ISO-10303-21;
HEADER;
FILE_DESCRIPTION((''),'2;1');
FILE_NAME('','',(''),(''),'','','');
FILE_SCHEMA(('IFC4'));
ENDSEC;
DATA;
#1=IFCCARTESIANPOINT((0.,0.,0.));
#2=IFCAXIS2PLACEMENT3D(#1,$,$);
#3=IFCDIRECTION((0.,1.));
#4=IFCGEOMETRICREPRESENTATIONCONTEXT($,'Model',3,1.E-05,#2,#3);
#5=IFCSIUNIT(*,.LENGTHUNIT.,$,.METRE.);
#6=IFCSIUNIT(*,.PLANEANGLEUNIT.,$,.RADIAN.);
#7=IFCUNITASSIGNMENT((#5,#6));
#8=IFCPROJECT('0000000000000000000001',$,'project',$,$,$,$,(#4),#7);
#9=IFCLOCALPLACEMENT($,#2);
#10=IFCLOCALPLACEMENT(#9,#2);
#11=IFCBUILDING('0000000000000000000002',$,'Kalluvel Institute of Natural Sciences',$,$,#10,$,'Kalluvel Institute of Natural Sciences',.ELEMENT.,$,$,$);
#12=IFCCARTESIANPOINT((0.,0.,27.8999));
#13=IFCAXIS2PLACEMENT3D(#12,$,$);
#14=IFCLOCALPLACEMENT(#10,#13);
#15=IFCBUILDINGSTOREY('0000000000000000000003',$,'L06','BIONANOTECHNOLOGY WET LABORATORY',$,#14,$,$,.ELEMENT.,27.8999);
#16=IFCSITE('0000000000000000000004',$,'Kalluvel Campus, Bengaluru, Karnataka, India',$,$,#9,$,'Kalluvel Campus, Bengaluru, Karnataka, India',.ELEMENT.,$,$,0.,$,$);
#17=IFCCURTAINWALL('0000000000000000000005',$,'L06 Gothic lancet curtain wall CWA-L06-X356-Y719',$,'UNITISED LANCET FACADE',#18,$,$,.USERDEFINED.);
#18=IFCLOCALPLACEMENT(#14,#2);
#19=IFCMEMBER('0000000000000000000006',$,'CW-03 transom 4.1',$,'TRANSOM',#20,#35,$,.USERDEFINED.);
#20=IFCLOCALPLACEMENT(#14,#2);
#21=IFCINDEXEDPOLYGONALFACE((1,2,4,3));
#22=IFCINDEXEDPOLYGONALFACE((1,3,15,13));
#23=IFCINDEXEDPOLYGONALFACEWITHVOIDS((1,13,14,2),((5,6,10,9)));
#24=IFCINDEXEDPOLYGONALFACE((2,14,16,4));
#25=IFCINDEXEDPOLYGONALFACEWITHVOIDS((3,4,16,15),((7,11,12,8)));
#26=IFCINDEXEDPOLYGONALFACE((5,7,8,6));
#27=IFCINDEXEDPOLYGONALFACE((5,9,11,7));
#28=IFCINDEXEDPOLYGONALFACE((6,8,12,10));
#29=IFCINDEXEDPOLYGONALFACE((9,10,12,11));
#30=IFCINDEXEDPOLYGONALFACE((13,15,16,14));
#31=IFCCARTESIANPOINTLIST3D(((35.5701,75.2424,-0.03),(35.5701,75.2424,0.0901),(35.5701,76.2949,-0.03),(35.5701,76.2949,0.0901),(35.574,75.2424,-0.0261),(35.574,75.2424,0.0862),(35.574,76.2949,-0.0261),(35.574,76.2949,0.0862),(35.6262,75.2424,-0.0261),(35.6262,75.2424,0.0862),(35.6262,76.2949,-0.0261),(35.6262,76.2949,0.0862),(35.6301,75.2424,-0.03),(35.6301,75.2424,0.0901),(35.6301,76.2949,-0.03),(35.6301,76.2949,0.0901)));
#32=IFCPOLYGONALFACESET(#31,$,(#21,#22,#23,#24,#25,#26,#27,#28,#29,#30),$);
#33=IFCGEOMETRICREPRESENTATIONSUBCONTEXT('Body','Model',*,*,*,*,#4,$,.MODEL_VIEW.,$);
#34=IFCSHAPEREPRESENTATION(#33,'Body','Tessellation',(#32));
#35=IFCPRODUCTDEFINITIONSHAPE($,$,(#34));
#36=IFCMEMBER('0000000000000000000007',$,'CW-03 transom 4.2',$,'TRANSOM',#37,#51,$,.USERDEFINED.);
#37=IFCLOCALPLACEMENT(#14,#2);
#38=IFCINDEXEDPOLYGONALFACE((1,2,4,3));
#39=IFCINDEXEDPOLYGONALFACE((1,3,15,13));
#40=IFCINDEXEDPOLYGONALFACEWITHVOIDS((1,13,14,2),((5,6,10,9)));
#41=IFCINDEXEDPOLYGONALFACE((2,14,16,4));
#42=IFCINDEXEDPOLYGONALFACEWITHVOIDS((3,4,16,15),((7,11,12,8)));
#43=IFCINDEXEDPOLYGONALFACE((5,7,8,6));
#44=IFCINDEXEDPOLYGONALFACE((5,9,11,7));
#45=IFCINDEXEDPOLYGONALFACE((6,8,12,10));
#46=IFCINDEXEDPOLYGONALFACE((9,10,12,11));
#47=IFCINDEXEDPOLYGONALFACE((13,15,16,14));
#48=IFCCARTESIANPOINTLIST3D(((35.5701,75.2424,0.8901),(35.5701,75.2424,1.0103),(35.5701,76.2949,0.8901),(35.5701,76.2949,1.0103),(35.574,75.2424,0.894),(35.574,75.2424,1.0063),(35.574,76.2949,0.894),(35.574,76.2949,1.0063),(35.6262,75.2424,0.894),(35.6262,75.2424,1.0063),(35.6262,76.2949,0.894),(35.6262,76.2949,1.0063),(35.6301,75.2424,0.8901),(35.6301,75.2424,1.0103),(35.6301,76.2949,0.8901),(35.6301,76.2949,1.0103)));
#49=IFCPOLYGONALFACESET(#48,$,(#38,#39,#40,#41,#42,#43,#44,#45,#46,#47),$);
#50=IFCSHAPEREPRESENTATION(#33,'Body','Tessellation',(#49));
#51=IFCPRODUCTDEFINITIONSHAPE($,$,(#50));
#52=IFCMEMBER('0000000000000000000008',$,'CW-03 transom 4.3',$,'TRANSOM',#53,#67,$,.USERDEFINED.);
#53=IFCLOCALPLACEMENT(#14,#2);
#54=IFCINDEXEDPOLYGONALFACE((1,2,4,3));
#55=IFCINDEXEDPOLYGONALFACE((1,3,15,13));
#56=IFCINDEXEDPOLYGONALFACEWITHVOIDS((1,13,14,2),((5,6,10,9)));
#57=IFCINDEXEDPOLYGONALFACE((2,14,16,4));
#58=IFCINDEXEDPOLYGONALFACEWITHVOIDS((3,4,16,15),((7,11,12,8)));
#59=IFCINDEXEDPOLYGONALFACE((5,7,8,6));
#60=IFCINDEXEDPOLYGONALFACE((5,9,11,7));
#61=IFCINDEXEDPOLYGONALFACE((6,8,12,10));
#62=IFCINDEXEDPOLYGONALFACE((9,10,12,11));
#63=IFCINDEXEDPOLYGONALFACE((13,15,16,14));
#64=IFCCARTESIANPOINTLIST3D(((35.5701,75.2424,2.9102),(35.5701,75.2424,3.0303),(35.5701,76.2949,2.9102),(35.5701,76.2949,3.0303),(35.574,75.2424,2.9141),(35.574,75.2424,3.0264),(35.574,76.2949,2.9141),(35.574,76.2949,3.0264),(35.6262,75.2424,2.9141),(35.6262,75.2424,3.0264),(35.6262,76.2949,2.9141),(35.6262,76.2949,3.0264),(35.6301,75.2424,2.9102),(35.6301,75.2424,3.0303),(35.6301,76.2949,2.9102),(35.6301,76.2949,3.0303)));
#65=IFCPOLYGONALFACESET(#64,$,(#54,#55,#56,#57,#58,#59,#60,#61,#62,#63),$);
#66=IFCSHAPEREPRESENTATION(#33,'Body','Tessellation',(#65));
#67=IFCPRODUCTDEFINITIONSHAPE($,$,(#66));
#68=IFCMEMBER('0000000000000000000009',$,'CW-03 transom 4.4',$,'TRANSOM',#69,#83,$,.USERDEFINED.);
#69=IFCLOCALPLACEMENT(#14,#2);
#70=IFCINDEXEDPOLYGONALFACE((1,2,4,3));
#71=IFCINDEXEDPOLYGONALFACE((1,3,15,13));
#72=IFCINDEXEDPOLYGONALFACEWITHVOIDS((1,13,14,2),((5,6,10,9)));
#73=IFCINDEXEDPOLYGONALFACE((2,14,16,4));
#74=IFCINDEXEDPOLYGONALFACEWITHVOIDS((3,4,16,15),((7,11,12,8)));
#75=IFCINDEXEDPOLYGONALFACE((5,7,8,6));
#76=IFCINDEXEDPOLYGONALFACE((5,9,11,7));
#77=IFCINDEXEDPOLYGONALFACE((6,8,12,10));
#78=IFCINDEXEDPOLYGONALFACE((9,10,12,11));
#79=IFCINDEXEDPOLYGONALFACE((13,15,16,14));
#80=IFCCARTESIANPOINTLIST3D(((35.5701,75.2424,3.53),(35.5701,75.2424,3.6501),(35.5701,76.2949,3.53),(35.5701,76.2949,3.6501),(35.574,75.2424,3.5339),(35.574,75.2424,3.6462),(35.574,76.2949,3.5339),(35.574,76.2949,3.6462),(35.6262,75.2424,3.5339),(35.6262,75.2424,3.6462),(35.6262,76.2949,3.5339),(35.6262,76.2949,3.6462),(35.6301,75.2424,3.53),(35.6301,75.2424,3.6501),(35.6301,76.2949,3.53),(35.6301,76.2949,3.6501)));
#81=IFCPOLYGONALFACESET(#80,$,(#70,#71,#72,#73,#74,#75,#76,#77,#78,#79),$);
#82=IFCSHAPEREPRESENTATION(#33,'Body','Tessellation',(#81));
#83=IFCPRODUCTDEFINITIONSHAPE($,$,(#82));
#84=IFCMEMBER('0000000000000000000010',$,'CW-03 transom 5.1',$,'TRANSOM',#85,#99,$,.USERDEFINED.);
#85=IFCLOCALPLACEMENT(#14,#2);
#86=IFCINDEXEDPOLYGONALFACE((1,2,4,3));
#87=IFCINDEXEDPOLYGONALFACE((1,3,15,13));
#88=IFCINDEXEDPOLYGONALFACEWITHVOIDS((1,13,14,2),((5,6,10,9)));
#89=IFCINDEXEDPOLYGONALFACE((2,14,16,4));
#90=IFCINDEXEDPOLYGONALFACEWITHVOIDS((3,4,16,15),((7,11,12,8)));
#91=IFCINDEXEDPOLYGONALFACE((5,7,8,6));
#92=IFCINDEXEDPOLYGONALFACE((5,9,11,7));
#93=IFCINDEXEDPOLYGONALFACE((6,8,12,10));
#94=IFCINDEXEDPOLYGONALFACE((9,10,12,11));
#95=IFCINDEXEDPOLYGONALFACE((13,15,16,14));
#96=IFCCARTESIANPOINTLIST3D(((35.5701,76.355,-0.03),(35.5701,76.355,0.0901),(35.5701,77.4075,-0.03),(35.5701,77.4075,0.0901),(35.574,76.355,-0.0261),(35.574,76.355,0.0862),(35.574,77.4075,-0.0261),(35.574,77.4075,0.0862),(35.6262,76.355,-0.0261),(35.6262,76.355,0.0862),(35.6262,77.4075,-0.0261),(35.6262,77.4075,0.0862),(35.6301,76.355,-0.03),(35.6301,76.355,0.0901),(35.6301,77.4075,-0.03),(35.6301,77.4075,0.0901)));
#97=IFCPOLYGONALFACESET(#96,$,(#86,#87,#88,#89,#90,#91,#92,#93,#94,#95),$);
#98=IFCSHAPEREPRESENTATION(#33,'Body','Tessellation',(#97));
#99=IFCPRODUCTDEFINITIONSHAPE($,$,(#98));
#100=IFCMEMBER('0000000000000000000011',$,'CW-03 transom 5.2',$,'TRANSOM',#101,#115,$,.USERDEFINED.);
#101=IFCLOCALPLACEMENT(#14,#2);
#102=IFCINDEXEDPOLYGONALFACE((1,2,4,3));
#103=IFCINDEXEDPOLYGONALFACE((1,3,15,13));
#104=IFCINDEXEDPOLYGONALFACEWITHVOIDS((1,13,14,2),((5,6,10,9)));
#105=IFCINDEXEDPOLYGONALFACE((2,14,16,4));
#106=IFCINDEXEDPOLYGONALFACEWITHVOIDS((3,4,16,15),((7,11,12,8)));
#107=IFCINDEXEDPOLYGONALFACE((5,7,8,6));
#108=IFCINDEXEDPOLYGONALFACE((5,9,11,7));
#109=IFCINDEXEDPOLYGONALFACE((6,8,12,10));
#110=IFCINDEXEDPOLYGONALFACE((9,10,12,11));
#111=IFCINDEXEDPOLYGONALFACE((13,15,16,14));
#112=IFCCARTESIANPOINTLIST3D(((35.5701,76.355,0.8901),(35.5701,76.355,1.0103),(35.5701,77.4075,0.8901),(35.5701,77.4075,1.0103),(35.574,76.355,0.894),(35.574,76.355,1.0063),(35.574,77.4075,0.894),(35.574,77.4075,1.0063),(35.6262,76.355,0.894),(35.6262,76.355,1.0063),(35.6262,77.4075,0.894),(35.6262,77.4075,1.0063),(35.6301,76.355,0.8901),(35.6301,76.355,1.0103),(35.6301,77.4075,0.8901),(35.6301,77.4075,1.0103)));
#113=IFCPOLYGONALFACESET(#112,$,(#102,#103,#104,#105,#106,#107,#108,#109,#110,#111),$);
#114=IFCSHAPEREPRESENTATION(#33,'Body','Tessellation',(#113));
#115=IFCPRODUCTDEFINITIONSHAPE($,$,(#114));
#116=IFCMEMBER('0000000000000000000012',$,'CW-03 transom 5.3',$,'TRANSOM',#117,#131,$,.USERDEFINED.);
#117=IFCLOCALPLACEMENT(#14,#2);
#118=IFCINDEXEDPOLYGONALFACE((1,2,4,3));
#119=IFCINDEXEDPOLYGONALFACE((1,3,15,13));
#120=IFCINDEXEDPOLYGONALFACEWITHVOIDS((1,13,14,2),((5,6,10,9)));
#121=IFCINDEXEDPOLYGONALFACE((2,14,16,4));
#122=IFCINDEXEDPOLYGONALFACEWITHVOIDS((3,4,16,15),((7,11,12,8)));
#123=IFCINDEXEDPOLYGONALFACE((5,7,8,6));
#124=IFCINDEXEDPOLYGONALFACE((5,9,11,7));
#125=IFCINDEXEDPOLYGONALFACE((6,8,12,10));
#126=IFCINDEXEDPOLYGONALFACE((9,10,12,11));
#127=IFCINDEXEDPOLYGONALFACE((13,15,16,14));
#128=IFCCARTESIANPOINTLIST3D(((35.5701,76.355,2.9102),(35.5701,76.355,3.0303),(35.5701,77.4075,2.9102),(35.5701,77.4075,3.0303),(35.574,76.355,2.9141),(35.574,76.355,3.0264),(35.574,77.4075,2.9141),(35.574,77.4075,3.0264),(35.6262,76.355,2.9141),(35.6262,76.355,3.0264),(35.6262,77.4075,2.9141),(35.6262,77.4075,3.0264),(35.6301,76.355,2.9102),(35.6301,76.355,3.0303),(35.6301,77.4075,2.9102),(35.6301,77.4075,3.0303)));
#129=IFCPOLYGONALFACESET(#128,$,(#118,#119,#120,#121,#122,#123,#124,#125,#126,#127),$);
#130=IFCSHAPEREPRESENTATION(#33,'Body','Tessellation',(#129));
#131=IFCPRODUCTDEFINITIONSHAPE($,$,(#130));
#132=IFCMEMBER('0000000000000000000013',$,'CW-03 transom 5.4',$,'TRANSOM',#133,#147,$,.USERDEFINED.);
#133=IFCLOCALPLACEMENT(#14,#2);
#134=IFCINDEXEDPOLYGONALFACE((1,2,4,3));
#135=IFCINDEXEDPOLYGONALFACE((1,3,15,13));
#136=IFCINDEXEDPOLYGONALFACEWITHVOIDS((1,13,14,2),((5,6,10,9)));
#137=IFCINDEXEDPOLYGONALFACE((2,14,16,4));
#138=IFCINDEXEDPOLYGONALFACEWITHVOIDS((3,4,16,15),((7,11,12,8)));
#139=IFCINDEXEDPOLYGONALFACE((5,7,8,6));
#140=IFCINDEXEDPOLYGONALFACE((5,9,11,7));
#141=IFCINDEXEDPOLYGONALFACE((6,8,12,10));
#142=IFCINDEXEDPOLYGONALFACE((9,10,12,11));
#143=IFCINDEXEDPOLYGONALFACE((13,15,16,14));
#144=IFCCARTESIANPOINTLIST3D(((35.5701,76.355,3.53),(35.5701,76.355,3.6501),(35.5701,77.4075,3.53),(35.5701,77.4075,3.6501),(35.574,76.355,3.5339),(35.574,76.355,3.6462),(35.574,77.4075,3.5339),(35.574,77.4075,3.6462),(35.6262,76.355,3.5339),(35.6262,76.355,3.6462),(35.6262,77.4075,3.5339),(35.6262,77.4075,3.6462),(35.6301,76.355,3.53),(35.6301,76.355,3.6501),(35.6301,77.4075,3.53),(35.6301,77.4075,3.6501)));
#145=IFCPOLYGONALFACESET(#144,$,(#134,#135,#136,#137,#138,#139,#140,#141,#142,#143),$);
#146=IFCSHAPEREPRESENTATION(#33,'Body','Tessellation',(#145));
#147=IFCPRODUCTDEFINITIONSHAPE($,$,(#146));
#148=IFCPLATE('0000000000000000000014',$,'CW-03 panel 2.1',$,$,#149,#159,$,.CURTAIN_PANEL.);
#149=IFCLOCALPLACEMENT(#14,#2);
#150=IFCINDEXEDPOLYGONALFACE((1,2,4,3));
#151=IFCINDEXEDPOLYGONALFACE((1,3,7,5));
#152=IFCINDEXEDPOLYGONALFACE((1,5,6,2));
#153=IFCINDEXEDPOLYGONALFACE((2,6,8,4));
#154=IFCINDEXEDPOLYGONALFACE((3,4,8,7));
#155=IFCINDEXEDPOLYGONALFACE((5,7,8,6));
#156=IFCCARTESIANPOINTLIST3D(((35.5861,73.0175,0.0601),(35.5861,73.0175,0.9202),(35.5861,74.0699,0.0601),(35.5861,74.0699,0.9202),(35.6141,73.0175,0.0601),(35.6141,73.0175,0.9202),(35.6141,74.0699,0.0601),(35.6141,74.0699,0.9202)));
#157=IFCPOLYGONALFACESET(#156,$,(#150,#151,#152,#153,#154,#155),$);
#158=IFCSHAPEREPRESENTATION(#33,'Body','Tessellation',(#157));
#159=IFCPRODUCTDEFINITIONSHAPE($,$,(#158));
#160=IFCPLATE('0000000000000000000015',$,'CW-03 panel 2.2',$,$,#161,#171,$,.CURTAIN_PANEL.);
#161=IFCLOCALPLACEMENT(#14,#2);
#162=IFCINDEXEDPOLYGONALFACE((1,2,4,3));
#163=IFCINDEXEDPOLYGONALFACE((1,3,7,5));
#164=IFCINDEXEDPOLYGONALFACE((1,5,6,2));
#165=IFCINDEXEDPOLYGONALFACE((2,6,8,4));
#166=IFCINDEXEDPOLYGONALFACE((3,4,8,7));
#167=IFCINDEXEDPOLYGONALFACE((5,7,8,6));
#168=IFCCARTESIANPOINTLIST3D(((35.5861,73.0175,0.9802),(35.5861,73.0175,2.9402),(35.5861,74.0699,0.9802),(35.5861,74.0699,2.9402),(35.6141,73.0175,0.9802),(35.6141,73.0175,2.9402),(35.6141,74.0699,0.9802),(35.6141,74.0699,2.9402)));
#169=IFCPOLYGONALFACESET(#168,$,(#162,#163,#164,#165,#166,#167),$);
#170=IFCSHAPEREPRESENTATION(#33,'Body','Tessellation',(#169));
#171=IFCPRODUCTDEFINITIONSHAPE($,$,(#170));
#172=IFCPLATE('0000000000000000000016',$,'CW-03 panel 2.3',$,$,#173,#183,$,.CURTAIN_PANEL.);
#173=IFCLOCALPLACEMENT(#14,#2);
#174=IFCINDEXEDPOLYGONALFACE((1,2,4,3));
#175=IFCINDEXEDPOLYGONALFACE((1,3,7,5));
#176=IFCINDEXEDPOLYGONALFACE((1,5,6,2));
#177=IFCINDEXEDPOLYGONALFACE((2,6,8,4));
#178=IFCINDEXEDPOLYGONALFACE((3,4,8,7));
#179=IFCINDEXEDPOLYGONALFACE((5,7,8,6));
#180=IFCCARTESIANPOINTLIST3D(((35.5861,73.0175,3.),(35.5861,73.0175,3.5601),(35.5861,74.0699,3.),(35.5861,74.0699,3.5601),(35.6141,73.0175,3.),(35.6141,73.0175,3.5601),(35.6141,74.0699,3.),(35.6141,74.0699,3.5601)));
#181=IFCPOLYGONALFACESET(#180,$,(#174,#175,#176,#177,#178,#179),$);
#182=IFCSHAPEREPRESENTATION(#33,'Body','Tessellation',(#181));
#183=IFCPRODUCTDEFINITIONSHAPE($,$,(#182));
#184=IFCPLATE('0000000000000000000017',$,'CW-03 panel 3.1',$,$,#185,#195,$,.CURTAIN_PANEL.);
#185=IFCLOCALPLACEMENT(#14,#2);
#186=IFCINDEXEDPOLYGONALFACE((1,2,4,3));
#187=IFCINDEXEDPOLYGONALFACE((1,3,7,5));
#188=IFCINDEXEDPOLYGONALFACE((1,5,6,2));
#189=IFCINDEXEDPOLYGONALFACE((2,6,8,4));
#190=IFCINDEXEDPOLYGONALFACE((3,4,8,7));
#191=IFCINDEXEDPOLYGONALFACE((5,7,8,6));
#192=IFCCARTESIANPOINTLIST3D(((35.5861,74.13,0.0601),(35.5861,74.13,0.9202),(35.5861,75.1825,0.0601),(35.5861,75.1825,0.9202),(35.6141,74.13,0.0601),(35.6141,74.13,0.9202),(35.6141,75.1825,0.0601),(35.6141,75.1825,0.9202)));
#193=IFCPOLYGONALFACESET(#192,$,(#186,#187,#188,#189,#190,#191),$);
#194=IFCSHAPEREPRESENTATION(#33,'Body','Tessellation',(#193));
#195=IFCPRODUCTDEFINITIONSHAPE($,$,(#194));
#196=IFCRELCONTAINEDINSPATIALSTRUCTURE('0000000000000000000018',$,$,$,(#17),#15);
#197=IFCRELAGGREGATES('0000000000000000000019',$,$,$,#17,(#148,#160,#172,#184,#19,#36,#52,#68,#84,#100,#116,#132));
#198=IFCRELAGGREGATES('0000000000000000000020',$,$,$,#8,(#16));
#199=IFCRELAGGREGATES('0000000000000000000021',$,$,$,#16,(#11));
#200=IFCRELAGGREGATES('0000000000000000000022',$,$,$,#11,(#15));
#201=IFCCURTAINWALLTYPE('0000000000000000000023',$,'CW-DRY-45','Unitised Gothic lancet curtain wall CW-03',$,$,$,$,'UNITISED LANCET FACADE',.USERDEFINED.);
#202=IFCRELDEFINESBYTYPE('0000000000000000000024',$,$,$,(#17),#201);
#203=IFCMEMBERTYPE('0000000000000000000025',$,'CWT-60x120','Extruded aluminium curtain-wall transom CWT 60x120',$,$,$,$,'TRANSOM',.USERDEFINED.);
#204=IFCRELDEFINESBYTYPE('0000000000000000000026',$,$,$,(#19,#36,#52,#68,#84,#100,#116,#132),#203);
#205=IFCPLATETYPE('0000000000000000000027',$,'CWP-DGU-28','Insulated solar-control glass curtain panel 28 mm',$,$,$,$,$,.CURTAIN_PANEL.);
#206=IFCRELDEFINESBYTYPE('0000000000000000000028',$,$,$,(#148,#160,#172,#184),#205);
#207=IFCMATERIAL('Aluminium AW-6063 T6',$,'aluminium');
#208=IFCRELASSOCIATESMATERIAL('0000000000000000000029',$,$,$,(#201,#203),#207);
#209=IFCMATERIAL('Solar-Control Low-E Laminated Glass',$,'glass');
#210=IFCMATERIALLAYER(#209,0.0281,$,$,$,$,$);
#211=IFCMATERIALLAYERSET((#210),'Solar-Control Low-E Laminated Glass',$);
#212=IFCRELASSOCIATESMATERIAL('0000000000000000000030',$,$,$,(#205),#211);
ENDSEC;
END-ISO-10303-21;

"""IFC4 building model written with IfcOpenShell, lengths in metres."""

from ifc_helpers import new_model, si_unit, direction, frame, origin, origin_2d, place, context, subcontext, project, spatial, rectangle, hollow_rectangle, extrude, material, layer, layer_set, material_profile, profile_set, type_object, element, aggregate, save


model = new_model("IFC4")

# Units and contexts
model_context = context("Model", 3, precision=1e-05, world=origin(), true_north=direction((0.0, 1.0)))
body_context = subcontext(model_context, "Body", "Model", "MODEL_VIEW")
ifc_project = project(units=[si_unit("LENGTHUNIT", "METRE"), si_unit("PLANEANGLEUNIT", "RADIAN")], contexts=[model_context])

# Site, building, storey
site_placement = place(None, origin())
site = spatial("IfcSite", under=ifc_project, at=site_placement, Name="Kalluvel Campus, Bengaluru, Karnataka, India", LongName="Kalluvel Campus, Bengaluru, Karnataka, India", CompositionType="ELEMENT", RefElevation=0.0)
building_placement = place(site_placement, origin())
building = spatial("IfcBuilding", under=site, at=building_placement, Name="Kalluvel Institute of Natural Sciences", LongName="Kalluvel Institute of Natural Sciences", CompositionType="ELEMENT")
storey_placement = place(building_placement, frame((0.0, 0.0, 27.8999)))
storey = spatial("IfcBuildingStorey", under=building, at=storey_placement, Name="L06", Description="BIONANOTECHNOLOGY WET LABORATORY", CompositionType="ELEMENT", Elevation=27.8999)

# Curtain wall, members, plates
ifc_material_1 = material(Name="Aluminium AW-6063 T6", Category="aluminium")
curtain_wall_type = type_object("IfcCurtainWallType", Name="CW-DRY-45", Description="Unitised Gothic lancet curtain wall CW-03", ElementType="UNITISED LANCET FACADE", PredefinedType="USERDEFINED", material=ifc_material_1)
curtain_wall_placement = place(storey_placement, origin())
curtain_wall = element("IfcCurtainWall", 1, at=curtain_wall_placement, inside=storey, type_object=curtain_wall_type, Name="L06 Gothic lancet curtain wall CWA-L06-X356-Y719", ObjectType="UNITISED LANCET FACADE", PredefinedType="USERDEFINED")
ifc_material_profile_1 = material_profile(ifc_material_1, hollow_rectangle(XDim=0.0601, YDim=0.1201, WallThickness=0.0039, at=origin_2d()), Name="CWT 60x120")
ifc_profile_set_1 = profile_set([ifc_material_profile_1], Name="Aluminium AW-6063 T6")
member_type_1 = type_object("IfcMemberType", Name="CWT-60x120", Description="Extruded aluminium curtain-wall transom CWT 60x120", ElementType="TRANSOM", PredefinedType="USERDEFINED", material=ifc_profile_set_1)
member_1_placement = place(storey_placement, frame((35.6001, 75.2424, 0.03), z_axis=(0.0, 1.0, 0.0), x_axis=(-1.0, 0.0, 0.0)))
member_1 = element("IfcMember", 2, at=member_1_placement, type_object=member_type_1, Name="CW-03 transom 4.1", ObjectType="TRANSOM", PredefinedType="USERDEFINED", context=body_context, shape_type="SweptSolid", body=[
    extrude(hollow_rectangle(XDim=0.0601, YDim=0.1201, WallThickness=0.0039, at=origin_2d()), origin(), (0.0, 0.0, 1.0), 1.0525),
])
member_2_placement = place(storey_placement, frame((35.6001, 75.2424, 0.9502), z_axis=(0.0, 1.0, 0.0), x_axis=(-1.0, 0.0, 0.0)))
member_2 = element("IfcMember", 3, at=member_2_placement, type_object=member_type_1, Name="CW-03 transom 4.2", ObjectType="TRANSOM", PredefinedType="USERDEFINED", context=body_context, shape_type="SweptSolid", body=[
    extrude(hollow_rectangle(XDim=0.0601, YDim=0.1201, WallThickness=0.0039, at=origin_2d()), origin(), (0.0, 0.0, 1.0), 1.0525),
])
member_3_placement = place(storey_placement, frame((35.6001, 75.2424, 2.9702), z_axis=(0.0, 1.0, 0.0), x_axis=(-1.0, 0.0, 0.0)))
member_3 = element("IfcMember", 4, at=member_3_placement, type_object=member_type_1, Name="CW-03 transom 4.3", ObjectType="TRANSOM", PredefinedType="USERDEFINED", context=body_context, shape_type="SweptSolid", body=[
    extrude(hollow_rectangle(XDim=0.0601, YDim=0.1201, WallThickness=0.0039, at=origin_2d()), origin(), (0.0, 0.0, 1.0), 1.0525),
])
member_4_placement = place(storey_placement, frame((35.6001, 75.2424, 3.5901), z_axis=(0.0, 1.0, 0.0), x_axis=(-1.0, 0.0, 0.0)))
member_4 = element("IfcMember", 5, at=member_4_placement, type_object=member_type_1, Name="CW-03 transom 4.4", ObjectType="TRANSOM", PredefinedType="USERDEFINED", context=body_context, shape_type="SweptSolid", body=[
    extrude(hollow_rectangle(XDim=0.0601, YDim=0.1201, WallThickness=0.0039, at=origin_2d()), origin(), (0.0, 0.0, 1.0), 1.0525),
])
member_5_placement = place(storey_placement, frame((35.6001, 76.355, 0.03), z_axis=(0.0, 1.0, 0.0), x_axis=(-1.0, 0.0, 0.0)))
member_5 = element("IfcMember", 6, at=member_5_placement, type_object=member_type_1, Name="CW-03 transom 5.1", ObjectType="TRANSOM", PredefinedType="USERDEFINED", context=body_context, shape_type="SweptSolid", body=[
    extrude(hollow_rectangle(XDim=0.0601, YDim=0.1201, WallThickness=0.0039, at=origin_2d()), origin(), (0.0, 0.0, 1.0), 1.0525),
])
member_6_placement = place(storey_placement, frame((35.6001, 76.355, 0.9502), z_axis=(0.0, 1.0, 0.0), x_axis=(-1.0, 0.0, 0.0)))
member_6 = element("IfcMember", 7, at=member_6_placement, type_object=member_type_1, Name="CW-03 transom 5.2", ObjectType="TRANSOM", PredefinedType="USERDEFINED", context=body_context, shape_type="SweptSolid", body=[
    extrude(hollow_rectangle(XDim=0.0601, YDim=0.1201, WallThickness=0.0039, at=origin_2d()), origin(), (0.0, 0.0, 1.0), 1.0525),
])
member_7_placement = place(storey_placement, frame((35.6001, 76.355, 2.9702), z_axis=(0.0, 1.0, 0.0), x_axis=(-1.0, 0.0, 0.0)))
member_7 = element("IfcMember", 8, at=member_7_placement, type_object=member_type_1, Name="CW-03 transom 5.3", ObjectType="TRANSOM", PredefinedType="USERDEFINED", context=body_context, shape_type="SweptSolid", body=[
    extrude(hollow_rectangle(XDim=0.0601, YDim=0.1201, WallThickness=0.0039, at=origin_2d()), origin(), (0.0, 0.0, 1.0), 1.0525),
])
member_8_placement = place(storey_placement, frame((35.6001, 76.355, 3.5901), z_axis=(0.0, 1.0, 0.0), x_axis=(-1.0, 0.0, 0.0)))
member_8 = element("IfcMember", 9, at=member_8_placement, type_object=member_type_1, Name="CW-03 transom 5.4", ObjectType="TRANSOM", PredefinedType="USERDEFINED", context=body_context, shape_type="SweptSolid", body=[
    extrude(hollow_rectangle(XDim=0.0601, YDim=0.1201, WallThickness=0.0039, at=origin_2d()), origin(), (0.0, 0.0, 1.0), 1.0525),
])
ifc_material_2 = material(Name="Solar-Control Low-E Laminated Glass", Category="glass")
ifc_layer = layer(ifc_material_2, 0.0281)
ifc_layer_set = layer_set([ifc_layer], Name="Solar-Control Low-E Laminated Glass")
plate_type = type_object("IfcPlateType", Name="CWP-DGU-28", Description="Insulated solar-control glass curtain panel 28 mm", PredefinedType="CURTAIN_PANEL", material=ifc_layer_set)
plate_1_placement = place(storey_placement, frame((35.6001, 73.5437, 0.0601), z_axis=(0.0, 0.0, 1.0), x_axis=(0.0, 1.0, 0.0)))
plate_1 = element("IfcPlate", 10, at=plate_1_placement, type_object=plate_type, Name="CW-03 panel 2.1", PredefinedType="CURTAIN_PANEL", context=body_context, shape_type="SweptSolid", body=[
    extrude(rectangle(XDim=1.0525, YDim=0.0281, at=origin_2d()), origin(), (0.0, 0.0, 1.0), 0.8601),
])
plate_2_placement = place(storey_placement, frame((35.6001, 73.5437, 0.9802), z_axis=(0.0, 0.0, 1.0), x_axis=(0.0, 1.0, 0.0)))
plate_2 = element("IfcPlate", 11, at=plate_2_placement, type_object=plate_type, Name="CW-03 panel 2.2", PredefinedType="CURTAIN_PANEL", context=body_context, shape_type="SweptSolid", body=[
    extrude(rectangle(XDim=1.0525, YDim=0.0281, at=origin_2d()), origin(), (0.0, 0.0, 1.0), 1.96),
])
plate_3_placement = place(storey_placement, frame((35.6001, 73.5437, 3.0), z_axis=(0.0, 0.0, 1.0), x_axis=(0.0, 1.0, 0.0)))
plate_3 = element("IfcPlate", 12, at=plate_3_placement, type_object=plate_type, Name="CW-03 panel 2.3", PredefinedType="CURTAIN_PANEL", context=body_context, shape_type="SweptSolid", body=[
    extrude(rectangle(XDim=1.0525, YDim=0.0281, at=origin_2d()), origin(), (0.0, 0.0, 1.0), 0.5601),
])
plate_4_placement = place(storey_placement, frame((35.6001, 74.6562, 0.0601), z_axis=(0.0, 0.0, 1.0), x_axis=(0.0, 1.0, 0.0)))
plate_4 = element("IfcPlate", 13, at=plate_4_placement, type_object=plate_type, Name="CW-03 panel 3.1", PredefinedType="CURTAIN_PANEL", context=body_context, shape_type="SweptSolid", body=[
    extrude(rectangle(XDim=1.0525, YDim=0.0281, at=origin_2d()), origin(), (0.0, 0.0, 1.0), 0.8601),
])
aggregate(curtain_wall, [plate_1, plate_2, plate_3, plate_4, member_1, member_2, member_3, member_4, member_5, member_6, member_7, member_8])

save(model, "model.ifc")
